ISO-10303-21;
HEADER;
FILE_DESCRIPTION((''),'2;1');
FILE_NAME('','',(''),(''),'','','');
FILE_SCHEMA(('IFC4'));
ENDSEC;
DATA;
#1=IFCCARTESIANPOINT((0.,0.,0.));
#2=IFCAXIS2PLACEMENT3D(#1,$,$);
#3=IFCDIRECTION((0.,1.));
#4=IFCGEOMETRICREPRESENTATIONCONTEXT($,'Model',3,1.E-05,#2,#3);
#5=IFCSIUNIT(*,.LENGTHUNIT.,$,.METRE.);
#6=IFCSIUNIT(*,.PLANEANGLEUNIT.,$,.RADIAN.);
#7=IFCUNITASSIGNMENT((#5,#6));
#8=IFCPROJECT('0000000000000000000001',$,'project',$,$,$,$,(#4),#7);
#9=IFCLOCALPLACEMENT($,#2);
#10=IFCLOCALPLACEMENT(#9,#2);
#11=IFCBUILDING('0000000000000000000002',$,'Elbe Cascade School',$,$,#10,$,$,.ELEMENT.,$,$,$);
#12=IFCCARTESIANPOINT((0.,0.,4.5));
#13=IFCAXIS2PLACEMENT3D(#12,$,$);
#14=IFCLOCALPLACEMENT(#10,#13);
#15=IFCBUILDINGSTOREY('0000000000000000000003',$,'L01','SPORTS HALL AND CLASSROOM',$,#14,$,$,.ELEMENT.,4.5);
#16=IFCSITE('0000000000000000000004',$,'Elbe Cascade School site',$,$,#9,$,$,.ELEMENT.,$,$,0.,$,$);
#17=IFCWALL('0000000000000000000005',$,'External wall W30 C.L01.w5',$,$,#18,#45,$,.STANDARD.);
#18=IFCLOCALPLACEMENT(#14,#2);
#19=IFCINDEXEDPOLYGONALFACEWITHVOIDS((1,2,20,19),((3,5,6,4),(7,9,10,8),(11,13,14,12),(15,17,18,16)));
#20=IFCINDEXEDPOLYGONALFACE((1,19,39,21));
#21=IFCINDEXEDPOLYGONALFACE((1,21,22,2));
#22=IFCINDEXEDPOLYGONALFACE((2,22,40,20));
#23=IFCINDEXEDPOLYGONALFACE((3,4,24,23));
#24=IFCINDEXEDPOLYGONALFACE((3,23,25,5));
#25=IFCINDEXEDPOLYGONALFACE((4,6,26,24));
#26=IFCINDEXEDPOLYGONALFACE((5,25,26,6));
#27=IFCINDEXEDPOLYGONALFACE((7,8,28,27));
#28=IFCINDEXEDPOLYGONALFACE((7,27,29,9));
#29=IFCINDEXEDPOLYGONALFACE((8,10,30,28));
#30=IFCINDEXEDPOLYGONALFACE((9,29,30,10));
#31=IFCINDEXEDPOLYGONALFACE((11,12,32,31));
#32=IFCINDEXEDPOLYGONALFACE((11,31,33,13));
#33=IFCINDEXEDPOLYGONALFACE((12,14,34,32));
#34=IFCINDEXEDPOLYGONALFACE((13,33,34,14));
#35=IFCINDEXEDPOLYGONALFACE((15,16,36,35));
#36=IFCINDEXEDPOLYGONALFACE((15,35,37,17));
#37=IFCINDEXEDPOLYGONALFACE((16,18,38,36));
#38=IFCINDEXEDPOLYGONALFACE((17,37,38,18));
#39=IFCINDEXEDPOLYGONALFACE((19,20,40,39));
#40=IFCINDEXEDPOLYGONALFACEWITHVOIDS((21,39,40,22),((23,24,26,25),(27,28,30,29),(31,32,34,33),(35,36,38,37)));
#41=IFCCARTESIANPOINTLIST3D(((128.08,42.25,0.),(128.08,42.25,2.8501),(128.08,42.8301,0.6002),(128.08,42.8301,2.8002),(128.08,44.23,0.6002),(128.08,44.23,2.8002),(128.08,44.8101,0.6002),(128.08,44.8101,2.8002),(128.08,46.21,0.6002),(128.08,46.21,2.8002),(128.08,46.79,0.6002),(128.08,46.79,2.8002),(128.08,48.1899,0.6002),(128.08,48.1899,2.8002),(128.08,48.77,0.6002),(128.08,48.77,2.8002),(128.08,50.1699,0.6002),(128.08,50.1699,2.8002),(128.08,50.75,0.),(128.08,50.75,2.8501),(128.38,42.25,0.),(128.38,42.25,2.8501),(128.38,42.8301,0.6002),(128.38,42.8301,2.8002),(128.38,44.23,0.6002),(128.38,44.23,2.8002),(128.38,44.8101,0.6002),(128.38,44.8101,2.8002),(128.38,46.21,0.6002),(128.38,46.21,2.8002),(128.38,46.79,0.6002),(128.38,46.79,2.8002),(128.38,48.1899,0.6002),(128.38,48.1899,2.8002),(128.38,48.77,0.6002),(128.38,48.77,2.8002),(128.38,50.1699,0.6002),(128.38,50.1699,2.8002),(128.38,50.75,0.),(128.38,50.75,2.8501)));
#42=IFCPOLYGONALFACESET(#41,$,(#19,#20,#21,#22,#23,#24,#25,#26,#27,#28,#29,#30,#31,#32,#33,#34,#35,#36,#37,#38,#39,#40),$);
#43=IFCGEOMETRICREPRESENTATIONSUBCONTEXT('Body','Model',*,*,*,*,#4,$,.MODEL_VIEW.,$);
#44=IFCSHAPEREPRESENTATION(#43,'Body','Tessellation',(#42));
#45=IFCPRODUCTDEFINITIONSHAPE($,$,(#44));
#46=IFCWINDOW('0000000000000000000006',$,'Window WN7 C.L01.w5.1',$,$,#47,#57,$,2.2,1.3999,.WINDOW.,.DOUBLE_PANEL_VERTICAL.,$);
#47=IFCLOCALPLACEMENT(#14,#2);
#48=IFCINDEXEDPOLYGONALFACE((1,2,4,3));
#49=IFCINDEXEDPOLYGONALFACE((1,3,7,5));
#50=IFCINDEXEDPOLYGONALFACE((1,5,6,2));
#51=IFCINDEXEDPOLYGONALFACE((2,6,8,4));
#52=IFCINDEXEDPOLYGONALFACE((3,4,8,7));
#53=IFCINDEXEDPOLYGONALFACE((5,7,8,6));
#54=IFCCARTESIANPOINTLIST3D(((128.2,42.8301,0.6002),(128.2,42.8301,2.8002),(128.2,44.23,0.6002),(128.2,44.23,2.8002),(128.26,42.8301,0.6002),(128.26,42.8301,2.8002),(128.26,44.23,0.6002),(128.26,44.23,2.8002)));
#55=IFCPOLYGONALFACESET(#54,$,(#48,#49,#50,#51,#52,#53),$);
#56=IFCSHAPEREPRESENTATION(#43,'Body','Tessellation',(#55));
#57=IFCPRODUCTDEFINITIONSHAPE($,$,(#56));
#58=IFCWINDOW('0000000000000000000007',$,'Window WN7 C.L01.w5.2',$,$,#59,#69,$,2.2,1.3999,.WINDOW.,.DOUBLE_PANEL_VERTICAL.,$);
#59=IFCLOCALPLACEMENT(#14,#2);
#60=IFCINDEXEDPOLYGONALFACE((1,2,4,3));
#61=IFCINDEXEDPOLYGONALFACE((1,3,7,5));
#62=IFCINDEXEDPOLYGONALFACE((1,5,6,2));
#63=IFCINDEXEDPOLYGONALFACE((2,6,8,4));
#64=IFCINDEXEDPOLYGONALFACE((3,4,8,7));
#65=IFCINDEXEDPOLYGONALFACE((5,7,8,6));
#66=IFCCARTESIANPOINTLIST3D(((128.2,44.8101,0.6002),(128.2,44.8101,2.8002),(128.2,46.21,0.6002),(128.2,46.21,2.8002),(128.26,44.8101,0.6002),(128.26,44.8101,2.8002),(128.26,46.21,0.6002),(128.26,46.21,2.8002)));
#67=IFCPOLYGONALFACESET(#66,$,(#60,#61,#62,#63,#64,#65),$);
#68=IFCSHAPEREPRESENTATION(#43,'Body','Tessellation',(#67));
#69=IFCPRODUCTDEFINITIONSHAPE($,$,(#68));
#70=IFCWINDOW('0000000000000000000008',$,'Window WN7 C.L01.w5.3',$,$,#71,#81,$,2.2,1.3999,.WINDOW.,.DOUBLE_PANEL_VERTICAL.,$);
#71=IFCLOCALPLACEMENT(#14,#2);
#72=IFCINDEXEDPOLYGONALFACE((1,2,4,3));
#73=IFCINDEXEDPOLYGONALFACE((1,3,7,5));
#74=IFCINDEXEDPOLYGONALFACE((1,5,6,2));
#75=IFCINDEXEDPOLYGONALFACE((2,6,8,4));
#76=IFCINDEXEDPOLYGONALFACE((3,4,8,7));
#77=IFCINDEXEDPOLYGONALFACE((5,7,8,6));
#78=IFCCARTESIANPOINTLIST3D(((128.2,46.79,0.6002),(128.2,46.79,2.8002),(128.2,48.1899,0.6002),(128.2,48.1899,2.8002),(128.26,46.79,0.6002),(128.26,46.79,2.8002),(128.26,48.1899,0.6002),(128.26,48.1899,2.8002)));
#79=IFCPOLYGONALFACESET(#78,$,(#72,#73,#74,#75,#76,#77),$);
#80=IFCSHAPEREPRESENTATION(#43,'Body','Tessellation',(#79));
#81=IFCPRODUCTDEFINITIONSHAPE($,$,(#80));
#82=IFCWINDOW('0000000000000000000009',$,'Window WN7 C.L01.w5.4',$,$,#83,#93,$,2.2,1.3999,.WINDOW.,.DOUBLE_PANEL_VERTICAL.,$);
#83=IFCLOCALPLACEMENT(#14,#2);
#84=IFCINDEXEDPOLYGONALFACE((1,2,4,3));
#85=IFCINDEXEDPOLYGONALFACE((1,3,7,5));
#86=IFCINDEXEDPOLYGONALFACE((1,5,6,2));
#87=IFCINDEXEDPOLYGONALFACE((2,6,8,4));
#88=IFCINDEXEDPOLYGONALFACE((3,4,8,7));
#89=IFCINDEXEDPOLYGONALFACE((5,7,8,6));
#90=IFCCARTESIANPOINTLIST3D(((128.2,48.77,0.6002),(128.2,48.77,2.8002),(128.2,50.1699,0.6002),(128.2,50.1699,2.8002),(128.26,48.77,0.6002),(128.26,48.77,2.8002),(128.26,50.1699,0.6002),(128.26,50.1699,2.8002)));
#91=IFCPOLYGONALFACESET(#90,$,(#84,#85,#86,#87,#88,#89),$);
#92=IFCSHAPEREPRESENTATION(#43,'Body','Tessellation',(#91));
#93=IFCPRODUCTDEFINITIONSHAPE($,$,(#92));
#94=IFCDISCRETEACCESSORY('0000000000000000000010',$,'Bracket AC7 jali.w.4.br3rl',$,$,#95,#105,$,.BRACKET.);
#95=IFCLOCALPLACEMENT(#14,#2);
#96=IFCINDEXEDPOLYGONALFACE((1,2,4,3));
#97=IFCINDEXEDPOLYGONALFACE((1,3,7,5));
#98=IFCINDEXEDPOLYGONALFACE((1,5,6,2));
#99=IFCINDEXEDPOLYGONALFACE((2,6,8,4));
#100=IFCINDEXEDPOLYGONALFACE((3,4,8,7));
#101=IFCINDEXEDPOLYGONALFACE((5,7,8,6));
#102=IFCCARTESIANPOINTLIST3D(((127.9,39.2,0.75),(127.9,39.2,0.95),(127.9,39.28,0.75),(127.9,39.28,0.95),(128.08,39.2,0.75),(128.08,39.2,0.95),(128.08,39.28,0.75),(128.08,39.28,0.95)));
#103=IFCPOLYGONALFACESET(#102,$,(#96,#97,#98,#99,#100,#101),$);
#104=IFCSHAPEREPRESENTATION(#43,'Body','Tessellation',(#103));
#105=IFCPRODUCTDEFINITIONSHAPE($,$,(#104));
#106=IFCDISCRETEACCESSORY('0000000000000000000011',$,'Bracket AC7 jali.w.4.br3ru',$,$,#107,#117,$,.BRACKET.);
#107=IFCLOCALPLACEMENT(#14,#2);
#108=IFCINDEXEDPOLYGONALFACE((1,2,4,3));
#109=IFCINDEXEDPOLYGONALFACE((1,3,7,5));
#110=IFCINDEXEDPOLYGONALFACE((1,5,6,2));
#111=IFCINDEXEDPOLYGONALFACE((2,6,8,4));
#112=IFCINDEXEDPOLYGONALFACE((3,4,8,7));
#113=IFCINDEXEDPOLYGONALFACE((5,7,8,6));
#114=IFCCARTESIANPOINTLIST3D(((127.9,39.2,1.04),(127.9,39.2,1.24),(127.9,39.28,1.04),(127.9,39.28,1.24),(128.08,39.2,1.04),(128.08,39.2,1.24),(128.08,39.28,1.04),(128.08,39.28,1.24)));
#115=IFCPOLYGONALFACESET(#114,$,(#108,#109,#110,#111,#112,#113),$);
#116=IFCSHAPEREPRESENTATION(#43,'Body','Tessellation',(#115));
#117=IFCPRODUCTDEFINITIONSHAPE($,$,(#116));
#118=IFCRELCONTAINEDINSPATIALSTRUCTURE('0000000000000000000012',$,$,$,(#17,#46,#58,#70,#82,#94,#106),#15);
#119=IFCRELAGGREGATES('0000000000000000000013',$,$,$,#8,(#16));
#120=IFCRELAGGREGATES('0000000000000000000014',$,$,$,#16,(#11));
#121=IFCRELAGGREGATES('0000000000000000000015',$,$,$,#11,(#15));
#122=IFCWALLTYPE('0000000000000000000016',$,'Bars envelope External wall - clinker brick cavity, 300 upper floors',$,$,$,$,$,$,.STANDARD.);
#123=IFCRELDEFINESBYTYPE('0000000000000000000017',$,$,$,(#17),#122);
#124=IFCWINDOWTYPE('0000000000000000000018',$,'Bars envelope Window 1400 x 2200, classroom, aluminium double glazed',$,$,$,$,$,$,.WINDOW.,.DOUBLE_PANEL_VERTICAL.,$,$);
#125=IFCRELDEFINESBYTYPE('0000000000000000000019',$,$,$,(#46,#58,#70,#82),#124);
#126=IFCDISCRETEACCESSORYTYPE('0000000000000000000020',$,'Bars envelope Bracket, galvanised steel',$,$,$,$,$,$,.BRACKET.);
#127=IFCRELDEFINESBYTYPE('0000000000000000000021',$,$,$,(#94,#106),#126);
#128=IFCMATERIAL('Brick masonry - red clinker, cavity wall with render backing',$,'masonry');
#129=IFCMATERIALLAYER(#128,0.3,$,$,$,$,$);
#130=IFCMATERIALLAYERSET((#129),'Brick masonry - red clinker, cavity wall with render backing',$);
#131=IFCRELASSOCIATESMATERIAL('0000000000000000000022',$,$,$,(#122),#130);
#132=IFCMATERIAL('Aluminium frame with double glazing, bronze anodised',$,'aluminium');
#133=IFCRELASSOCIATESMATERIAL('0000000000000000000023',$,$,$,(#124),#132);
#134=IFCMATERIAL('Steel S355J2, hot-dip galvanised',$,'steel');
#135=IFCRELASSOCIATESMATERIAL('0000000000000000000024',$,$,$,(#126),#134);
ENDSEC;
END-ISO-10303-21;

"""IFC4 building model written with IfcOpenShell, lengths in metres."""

from ifc_helpers import new_model, si_unit, direction, frame, frame_2d, origin, origin_2d, place, context, subcontext, project, spatial, rectangle, extrude, material, layer, layer_set, type_object, element, fill, save


model = new_model("IFC4")

# Units and contexts
model_context = context("Model", 3, precision=1e-05, world=origin(), true_north=direction((0.0, 1.0)))
body_context = subcontext(model_context, "Body", "Model", "MODEL_VIEW")
ifc_project = project(units=[si_unit("LENGTHUNIT", "METRE"), si_unit("PLANEANGLEUNIT", "RADIAN")], contexts=[model_context])

# Site, building, storey
site_placement = place(None, origin())
site = spatial("IfcSite", under=ifc_project, at=site_placement, Name="Elbe Cascade School site", CompositionType="ELEMENT", RefElevation=0.0)
building_placement = place(site_placement, origin())
building = spatial("IfcBuilding", under=site, at=building_placement, Name="Elbe Cascade School", CompositionType="ELEMENT")
storey_placement = place(building_placement, frame((0.0, 0.0, 4.5)))
storey = spatial("IfcBuildingStorey", under=building, at=storey_placement, Name="L01", Description="SPORTS HALL AND CLASSROOM", CompositionType="ELEMENT", Elevation=4.5)

# Wall, openings, windows
ifc_material_1 = material(Name="Brick masonry - red clinker, cavity wall with render backing", Category="masonry")
ifc_layer_1 = layer(ifc_material_1, 0.3)
ifc_layer_set_1 = layer_set([ifc_layer_1], Name="Brick masonry - red clinker, cavity wall with render backing")
wall_type_1 = type_object("IfcWallType", Name="Bars envelope External wall - clinker brick cavity, 300 upper floors", PredefinedType="STANDARD", material=ifc_layer_set_1)
wall_1_placement = place(storey_placement, frame((128.23, 42.25, 0.0), z_axis=(0.0, 0.0, 1.0), x_axis=(0.0, 1.0, 0.0)))
wall_1 = element("IfcWall", 1, at=wall_1_placement, inside=storey, type_object=wall_type_1, Name="External wall W30 C.L01.w5", PredefinedType="STANDARD", context=body_context, shape_type="SweptSolid", body=[
    extrude(rectangle(XDim=8.5, YDim=0.3, at=frame_2d((4.25, 0.0))), origin(), (0.0, 0.0, 1.0), 2.8501),
])
opening_1_placement = place(wall_1_placement, frame((0.5801, 0.0, 0.6001)))
opening_1 = element("IfcOpeningElement", 2, at=opening_1_placement, cuts=wall_1, PredefinedType="OPENING", context=body_context, shape_type="SweptSolid", body=[
    extrude(rectangle(XDim=1.3999, YDim=2.2, at=frame_2d((0.7, 1.1001))), frame((0.0, 0.1599, 0.0), z_axis=(0.0, -1.0, 0.0), x_axis=(1.0, 0.0, 0.0)), (0.0, 0.0, 1.0), 0.3201),
])
opening_2_placement = place(wall_1_placement, frame((2.5601, 0.0, 0.6001)))
opening_2 = element("IfcOpeningElement", 3, at=opening_2_placement, cuts=wall_1, PredefinedType="OPENING", context=body_context, shape_type="SweptSolid", body=[
    extrude(rectangle(XDim=1.3999, YDim=2.2, at=frame_2d((0.7, 1.1001))), frame((0.0, 0.1599, 0.0), z_axis=(0.0, -1.0, 0.0), x_axis=(1.0, 0.0, 0.0)), (0.0, 0.0, 1.0), 0.3201),
])
opening_3_placement = place(wall_1_placement, frame((4.54, 0.0, 0.6001)))
opening_3 = element("IfcOpeningElement", 4, at=opening_3_placement, cuts=wall_1, PredefinedType="OPENING", context=body_context, shape_type="SweptSolid", body=[
    extrude(rectangle(XDim=1.3999, YDim=2.2, at=frame_2d((0.7, 1.1001))), frame((0.0, 0.1599, 0.0), z_axis=(0.0, -1.0, 0.0), x_axis=(1.0, 0.0, 0.0)), (0.0, 0.0, 1.0), 0.3201),
])
opening_4_placement = place(wall_1_placement, frame((6.52, 0.0, 0.6001)))
opening_4 = element("IfcOpeningElement", 5, at=opening_4_placement, cuts=wall_1, PredefinedType="OPENING", context=body_context, shape_type="SweptSolid", body=[
    extrude(rectangle(XDim=1.3999, YDim=2.2, at=frame_2d((0.7, 1.1001))), frame((0.0, 0.1599, 0.0), z_axis=(0.0, -1.0, 0.0), x_axis=(1.0, 0.0, 0.0)), (0.0, 0.0, 1.0), 0.3201),
])
ifc_material_2 = material(Name="Aluminium frame with double glazing, bronze anodised", Category="aluminium")
window_type = type_object("IfcWindowType", Name="Bars envelope Window 1400 x 2200, classroom, aluminium double glazed", PartitioningType="DOUBLE_PANEL_VERTICAL", PredefinedType="WINDOW", material=ifc_material_2)
window_1_placement = place(opening_1_placement, origin())
window_1 = element("IfcWindow", 6, at=window_1_placement, inside=storey, type_object=window_type, Name="Window WN7 C.L01.w5.1", OverallHeight=2.2, OverallWidth=1.3999, PartitioningType="DOUBLE_PANEL_VERTICAL", PredefinedType="WINDOW", context=body_context, shape_type="SweptSolid", body=[
    extrude(rectangle(XDim=1.3999, YDim=2.2, at=frame_2d((0.7, 1.1001))), frame((0.0, 0.03, 0.0), z_axis=(0.0, -1.0, 0.0), x_axis=(1.0, 0.0, 0.0)), (0.0, 0.0, 1.0), 0.0601),
])
fill(opening_1, window_1)
window_2_placement = place(opening_2_placement, origin())
window_2 = element("IfcWindow", 7, at=window_2_placement, inside=storey, type_object=window_type, Name="Window WN7 C.L01.w5.2", OverallHeight=2.2, OverallWidth=1.3999, PartitioningType="DOUBLE_PANEL_VERTICAL", PredefinedType="WINDOW", context=body_context, shape_type="SweptSolid", body=[
    extrude(rectangle(XDim=1.3999, YDim=2.2, at=frame_2d((0.7, 1.1001))), frame((0.0, 0.03, 0.0), z_axis=(0.0, -1.0, 0.0), x_axis=(1.0, 0.0, 0.0)), (0.0, 0.0, 1.0), 0.0601),
])
fill(opening_2, window_2)
window_3_placement = place(opening_3_placement, origin())
window_3 = element("IfcWindow", 8, at=window_3_placement, inside=storey, type_object=window_type, Name="Window WN7 C.L01.w5.3", OverallHeight=2.2, OverallWidth=1.3999, PartitioningType="DOUBLE_PANEL_VERTICAL", PredefinedType="WINDOW", context=body_context, shape_type="SweptSolid", body=[
    extrude(rectangle(XDim=1.3999, YDim=2.2, at=frame_2d((0.7, 1.1001))), frame((0.0, 0.03, 0.0), z_axis=(0.0, -1.0, 0.0), x_axis=(1.0, 0.0, 0.0)), (0.0, 0.0, 1.0), 0.0601),
])
fill(opening_3, window_3)
window_4_placement = place(opening_4_placement, origin())
window_4 = element("IfcWindow", 9, at=window_4_placement, inside=storey, type_object=window_type, Name="Window WN7 C.L01.w5.4", OverallHeight=2.2, OverallWidth=1.3999, PartitioningType="DOUBLE_PANEL_VERTICAL", PredefinedType="WINDOW", context=body_context, shape_type="SweptSolid", body=[
    extrude(rectangle(XDim=1.3999, YDim=2.2, at=frame_2d((0.7, 1.1001))), frame((0.0, 0.03, 0.0), z_axis=(0.0, -1.0, 0.0), x_axis=(1.0, 0.0, 0.0)), (0.0, 0.0, 1.0), 0.0601),
])
fill(opening_4, window_4)

# Discrete accessories
ifc_material_3 = material(Name="Steel S355J2, hot-dip galvanised", Category="steel")
discrete_accessory_type = type_object("IfcDiscreteAccessoryType", Name="Bars envelope Bracket, galvanised steel", PredefinedType="BRACKET", material=ifc_material_3)
for number, where, z_axis, x_axis, name in (
    (10, (127.99, 39.24, 0.75), (0.0, 0.0, 1.0), (0.0, 1.0, 0.0), "Bracket AC7 jali.w.4.br3rl"),
    (11, (127.99, 39.24, 1.04), (0.0, 0.0, 1.0), (0.0, 1.0, 0.0), "Bracket AC7 jali.w.4.br3ru"),
):
    element("IfcDiscreteAccessory", number, at=place(storey_placement, frame(where, z_axis=z_axis, x_axis=x_axis)), inside=storey, type_object=discrete_accessory_type, Name=name, PredefinedType="BRACKET", context=body_context, shape_type="SweptSolid", body=[
        extrude(rectangle(XDim=0.0801, YDim=0.1799, at=origin_2d()), origin(), (0.0, 0.0, 1.0), 0.2),
    ])

save(model, "model.ifc")
